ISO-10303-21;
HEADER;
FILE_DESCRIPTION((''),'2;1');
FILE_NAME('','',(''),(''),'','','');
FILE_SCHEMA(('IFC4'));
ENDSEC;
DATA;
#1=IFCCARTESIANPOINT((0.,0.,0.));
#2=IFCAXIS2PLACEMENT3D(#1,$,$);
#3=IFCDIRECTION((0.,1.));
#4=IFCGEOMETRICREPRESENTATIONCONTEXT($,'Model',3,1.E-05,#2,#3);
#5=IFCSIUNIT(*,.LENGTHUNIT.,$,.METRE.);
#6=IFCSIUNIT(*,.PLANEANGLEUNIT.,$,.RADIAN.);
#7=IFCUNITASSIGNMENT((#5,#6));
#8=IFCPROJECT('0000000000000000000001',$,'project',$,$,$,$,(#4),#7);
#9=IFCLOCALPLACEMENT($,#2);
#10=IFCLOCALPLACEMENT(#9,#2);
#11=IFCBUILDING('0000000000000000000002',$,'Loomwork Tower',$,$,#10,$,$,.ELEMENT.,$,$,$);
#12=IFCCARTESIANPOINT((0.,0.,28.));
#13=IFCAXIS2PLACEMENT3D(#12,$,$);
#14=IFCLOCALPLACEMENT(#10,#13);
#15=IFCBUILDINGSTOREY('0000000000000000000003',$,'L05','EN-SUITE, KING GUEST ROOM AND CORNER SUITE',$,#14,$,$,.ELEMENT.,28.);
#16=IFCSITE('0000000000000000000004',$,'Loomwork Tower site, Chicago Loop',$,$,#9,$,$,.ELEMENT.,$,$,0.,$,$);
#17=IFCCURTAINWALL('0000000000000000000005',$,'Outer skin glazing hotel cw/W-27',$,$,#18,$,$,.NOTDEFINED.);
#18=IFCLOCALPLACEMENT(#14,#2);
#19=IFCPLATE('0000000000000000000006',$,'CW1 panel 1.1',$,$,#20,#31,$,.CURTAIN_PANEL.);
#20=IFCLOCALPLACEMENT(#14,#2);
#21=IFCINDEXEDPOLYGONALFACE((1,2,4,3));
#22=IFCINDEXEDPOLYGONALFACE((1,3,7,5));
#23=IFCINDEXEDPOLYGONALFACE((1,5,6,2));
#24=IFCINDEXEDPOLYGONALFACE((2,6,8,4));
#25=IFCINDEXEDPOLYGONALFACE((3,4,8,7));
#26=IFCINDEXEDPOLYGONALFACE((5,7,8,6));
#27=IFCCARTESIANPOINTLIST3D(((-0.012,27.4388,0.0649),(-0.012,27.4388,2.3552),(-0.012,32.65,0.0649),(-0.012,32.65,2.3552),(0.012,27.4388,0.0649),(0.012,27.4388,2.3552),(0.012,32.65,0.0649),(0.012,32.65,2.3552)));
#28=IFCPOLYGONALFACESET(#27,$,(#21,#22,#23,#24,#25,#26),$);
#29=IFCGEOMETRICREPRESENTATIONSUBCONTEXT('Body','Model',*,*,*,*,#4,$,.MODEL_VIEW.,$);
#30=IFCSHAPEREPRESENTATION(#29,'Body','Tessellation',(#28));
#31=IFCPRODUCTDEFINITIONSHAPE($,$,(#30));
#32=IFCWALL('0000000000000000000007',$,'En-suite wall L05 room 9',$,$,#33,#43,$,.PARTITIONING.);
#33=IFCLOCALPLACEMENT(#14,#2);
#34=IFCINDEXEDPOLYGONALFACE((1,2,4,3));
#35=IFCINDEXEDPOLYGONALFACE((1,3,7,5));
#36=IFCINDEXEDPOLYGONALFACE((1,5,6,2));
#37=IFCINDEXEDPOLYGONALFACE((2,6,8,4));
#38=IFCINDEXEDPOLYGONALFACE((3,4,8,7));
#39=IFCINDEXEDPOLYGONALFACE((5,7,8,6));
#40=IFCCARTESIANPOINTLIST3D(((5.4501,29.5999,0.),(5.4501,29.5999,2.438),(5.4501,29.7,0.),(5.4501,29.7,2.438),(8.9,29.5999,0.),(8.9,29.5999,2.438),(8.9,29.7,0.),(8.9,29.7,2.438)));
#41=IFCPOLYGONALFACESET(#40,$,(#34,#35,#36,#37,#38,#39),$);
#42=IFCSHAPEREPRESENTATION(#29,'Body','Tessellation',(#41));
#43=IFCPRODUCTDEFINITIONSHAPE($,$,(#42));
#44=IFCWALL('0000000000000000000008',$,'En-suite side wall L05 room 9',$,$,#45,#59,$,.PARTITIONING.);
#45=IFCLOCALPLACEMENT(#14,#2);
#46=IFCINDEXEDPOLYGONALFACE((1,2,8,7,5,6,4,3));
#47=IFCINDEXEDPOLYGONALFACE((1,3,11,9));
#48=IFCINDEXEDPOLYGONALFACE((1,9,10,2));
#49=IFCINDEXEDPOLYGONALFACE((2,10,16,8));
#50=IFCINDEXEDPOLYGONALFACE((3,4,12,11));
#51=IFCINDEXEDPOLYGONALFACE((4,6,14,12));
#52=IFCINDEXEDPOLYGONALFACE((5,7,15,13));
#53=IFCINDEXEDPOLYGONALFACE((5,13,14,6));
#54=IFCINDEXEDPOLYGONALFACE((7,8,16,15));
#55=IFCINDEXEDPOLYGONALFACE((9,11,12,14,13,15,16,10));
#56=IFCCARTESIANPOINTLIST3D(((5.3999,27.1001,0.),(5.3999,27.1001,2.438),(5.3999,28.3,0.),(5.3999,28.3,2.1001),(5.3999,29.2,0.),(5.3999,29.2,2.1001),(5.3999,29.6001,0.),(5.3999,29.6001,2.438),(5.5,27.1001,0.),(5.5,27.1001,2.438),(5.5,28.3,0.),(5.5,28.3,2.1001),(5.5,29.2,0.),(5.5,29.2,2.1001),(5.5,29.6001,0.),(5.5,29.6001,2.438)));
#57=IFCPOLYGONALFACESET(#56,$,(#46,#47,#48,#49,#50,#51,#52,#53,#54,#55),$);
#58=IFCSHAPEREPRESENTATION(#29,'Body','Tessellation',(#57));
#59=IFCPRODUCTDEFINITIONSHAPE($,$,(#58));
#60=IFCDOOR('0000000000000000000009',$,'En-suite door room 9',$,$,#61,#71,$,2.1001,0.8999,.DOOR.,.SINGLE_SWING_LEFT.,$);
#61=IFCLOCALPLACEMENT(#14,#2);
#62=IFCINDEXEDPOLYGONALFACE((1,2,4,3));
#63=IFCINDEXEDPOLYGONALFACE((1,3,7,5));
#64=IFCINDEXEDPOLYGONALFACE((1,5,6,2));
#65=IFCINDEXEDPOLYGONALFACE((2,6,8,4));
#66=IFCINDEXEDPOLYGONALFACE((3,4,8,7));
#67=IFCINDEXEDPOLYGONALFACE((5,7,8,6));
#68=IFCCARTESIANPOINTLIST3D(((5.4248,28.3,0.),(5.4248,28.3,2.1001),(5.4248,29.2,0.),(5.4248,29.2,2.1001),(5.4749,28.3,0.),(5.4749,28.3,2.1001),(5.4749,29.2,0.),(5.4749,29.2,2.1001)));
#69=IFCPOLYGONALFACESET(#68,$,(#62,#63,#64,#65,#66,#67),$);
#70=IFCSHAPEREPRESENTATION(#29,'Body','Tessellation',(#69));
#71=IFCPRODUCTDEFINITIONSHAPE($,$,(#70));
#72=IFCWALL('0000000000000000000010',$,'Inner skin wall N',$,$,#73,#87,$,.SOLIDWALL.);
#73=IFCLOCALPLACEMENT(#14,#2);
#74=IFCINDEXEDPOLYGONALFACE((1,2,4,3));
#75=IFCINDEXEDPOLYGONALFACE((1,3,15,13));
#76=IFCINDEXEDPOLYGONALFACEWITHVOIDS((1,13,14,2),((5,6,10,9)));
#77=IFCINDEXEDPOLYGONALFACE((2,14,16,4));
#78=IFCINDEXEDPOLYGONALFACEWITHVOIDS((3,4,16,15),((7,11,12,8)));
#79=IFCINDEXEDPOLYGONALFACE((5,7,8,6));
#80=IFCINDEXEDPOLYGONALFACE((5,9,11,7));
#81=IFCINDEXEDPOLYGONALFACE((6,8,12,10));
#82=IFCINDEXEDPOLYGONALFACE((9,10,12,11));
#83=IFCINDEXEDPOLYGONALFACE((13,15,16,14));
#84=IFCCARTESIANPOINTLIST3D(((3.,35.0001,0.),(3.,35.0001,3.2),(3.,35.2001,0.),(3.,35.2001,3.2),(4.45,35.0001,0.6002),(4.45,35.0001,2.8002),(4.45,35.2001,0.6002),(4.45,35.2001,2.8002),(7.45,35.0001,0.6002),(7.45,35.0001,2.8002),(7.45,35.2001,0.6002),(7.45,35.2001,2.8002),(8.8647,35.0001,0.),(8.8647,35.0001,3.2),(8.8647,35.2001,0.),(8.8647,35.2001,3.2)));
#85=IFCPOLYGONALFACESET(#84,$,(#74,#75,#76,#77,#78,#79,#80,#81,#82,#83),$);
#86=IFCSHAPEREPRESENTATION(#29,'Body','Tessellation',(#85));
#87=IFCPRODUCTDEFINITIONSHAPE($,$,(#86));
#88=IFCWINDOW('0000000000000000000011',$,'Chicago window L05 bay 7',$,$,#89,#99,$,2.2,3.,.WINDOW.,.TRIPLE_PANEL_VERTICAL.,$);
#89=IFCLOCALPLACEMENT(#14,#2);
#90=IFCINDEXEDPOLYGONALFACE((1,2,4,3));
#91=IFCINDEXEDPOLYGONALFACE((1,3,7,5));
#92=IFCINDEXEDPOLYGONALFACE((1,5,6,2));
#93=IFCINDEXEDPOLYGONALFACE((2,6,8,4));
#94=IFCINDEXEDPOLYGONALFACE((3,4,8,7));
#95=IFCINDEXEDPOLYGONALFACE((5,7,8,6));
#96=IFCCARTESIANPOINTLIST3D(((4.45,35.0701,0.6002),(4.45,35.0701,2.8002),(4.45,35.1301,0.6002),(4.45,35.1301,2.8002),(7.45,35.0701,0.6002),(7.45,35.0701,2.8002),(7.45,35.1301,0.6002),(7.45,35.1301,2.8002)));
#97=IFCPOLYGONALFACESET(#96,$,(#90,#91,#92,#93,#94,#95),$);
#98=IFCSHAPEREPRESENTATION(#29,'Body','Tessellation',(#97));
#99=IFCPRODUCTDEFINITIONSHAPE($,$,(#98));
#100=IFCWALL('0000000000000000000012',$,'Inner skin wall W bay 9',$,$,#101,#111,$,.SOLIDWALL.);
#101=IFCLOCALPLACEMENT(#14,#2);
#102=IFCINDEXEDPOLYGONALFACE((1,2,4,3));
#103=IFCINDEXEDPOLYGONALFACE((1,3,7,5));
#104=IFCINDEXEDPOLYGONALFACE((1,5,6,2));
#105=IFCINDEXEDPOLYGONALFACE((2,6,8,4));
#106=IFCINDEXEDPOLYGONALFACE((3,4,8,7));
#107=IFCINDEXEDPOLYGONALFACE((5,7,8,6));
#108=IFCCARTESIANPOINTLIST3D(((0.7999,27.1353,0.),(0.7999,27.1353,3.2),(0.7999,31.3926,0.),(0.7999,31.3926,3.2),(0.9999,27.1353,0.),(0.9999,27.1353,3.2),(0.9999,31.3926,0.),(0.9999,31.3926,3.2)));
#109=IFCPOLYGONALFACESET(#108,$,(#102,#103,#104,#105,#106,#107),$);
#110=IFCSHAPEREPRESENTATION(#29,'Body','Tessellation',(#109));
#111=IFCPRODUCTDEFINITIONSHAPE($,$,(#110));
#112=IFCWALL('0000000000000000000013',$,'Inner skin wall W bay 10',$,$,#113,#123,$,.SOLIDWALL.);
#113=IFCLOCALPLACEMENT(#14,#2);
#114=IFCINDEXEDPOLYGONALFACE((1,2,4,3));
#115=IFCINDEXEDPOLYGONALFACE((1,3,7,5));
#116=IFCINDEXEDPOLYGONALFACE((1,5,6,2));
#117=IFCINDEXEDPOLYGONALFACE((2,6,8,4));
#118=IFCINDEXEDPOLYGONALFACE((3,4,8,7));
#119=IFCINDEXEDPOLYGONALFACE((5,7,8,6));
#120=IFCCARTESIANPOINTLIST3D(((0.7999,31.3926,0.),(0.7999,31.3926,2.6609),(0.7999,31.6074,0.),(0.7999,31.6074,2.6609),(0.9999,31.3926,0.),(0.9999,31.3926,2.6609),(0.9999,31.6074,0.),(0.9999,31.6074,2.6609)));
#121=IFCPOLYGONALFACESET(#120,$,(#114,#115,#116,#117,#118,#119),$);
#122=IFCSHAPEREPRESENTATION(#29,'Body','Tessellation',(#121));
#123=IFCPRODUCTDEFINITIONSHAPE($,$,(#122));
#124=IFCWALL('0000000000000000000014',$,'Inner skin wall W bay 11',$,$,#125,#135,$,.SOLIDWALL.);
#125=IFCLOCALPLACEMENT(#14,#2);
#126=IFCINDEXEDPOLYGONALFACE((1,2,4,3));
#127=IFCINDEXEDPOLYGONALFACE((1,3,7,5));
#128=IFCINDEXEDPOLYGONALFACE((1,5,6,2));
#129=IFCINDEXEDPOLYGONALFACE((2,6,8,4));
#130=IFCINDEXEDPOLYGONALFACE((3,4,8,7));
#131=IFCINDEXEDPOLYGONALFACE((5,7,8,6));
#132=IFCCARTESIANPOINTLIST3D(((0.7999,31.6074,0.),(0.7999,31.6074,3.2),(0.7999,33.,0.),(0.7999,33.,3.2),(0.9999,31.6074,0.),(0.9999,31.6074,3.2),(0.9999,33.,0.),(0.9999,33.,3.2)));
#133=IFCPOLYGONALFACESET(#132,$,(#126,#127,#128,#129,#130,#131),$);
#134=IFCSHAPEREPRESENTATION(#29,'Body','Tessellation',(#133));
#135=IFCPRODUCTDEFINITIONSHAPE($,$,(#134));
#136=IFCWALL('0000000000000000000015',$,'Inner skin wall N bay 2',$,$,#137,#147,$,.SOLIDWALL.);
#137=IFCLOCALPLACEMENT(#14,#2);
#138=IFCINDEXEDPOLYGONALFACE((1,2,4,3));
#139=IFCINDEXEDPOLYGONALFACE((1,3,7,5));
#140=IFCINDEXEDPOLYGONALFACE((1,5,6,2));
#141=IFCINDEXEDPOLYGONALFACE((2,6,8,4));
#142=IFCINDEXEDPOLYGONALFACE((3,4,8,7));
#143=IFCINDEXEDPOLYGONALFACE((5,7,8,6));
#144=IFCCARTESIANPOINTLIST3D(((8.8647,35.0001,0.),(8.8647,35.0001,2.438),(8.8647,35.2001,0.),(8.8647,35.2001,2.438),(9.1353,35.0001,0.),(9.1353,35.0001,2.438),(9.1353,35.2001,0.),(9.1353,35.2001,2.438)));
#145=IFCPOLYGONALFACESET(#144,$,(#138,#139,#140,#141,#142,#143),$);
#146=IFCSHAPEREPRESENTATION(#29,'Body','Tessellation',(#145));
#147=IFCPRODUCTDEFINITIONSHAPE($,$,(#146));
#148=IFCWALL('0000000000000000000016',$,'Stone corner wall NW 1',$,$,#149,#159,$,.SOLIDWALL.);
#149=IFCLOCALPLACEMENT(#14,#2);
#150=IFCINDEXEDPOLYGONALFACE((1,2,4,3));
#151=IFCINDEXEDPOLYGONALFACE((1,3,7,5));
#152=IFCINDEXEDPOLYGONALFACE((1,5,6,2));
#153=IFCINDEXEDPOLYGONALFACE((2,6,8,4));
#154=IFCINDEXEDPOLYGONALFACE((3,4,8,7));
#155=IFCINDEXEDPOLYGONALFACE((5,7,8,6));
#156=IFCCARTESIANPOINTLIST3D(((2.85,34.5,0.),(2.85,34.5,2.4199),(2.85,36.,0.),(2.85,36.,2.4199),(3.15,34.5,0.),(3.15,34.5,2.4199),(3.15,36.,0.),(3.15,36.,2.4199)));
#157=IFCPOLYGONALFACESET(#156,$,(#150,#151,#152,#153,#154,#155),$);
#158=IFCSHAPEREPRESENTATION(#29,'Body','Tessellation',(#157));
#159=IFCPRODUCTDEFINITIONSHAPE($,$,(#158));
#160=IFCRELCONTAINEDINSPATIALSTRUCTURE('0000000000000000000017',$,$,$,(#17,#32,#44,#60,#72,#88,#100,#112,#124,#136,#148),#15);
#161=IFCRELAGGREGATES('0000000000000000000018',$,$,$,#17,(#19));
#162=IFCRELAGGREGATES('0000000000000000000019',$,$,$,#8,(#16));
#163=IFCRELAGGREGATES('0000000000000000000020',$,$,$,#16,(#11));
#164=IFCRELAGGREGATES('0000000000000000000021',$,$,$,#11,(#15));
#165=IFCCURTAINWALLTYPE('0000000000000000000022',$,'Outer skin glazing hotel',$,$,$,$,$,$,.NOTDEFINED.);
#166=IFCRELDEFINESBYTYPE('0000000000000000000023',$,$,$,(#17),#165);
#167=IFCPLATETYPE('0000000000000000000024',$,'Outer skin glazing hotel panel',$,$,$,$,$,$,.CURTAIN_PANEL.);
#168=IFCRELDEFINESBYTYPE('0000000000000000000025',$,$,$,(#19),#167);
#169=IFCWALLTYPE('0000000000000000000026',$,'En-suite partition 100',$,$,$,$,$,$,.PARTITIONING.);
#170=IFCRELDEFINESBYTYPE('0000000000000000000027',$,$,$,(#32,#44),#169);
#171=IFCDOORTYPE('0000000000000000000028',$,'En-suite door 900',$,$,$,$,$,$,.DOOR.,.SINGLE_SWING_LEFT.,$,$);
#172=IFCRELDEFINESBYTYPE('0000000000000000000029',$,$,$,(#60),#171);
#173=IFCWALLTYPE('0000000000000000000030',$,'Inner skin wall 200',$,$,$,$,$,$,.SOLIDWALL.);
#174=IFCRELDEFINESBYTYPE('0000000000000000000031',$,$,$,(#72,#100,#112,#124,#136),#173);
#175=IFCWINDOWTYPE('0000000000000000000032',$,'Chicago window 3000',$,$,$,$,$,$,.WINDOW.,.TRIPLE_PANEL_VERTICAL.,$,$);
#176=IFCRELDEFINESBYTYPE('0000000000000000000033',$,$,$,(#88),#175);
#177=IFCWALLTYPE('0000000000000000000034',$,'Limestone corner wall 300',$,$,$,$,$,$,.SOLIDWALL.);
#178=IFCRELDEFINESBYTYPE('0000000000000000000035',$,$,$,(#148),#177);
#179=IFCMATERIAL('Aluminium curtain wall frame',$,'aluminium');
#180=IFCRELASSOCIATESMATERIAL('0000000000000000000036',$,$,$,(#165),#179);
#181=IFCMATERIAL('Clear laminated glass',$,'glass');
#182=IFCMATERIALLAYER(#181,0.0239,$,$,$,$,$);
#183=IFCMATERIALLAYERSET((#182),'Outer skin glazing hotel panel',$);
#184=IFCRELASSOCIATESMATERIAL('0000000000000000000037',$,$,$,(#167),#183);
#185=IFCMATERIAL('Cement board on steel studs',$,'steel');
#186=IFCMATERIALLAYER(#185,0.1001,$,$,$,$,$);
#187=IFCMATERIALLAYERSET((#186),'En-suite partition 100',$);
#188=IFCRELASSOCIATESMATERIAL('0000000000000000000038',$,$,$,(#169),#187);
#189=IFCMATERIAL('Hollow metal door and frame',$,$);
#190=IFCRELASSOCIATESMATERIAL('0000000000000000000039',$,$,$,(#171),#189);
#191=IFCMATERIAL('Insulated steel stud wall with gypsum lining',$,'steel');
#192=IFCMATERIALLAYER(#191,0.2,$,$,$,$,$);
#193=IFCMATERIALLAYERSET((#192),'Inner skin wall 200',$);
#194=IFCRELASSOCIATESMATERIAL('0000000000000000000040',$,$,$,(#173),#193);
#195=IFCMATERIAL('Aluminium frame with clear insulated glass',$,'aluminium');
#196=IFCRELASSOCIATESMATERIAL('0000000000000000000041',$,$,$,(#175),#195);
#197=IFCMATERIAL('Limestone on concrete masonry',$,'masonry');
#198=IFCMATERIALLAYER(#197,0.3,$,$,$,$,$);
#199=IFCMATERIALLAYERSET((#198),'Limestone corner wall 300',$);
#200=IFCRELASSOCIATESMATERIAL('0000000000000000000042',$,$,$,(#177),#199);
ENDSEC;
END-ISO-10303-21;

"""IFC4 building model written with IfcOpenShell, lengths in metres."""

from ifc_helpers import new_model, si_unit, direction, frame, frame_2d, origin, origin_2d, place, context, subcontext, project, spatial, rectangle, extrude, material, layer, layer_set, type_object, element, fill, aggregate, save


model = new_model("IFC4")

# Units and contexts
model_context = context("Model", 3, precision=1e-05, world=origin(), true_north=direction((0.0, 1.0)))
body_context = subcontext(model_context, "Body", "Model", "MODEL_VIEW")
ifc_project = project(units=[si_unit("LENGTHUNIT", "METRE"), si_unit("PLANEANGLEUNIT", "RADIAN")], contexts=[model_context])

# Site, building, storey
site_placement = place(None, origin())
site = spatial("IfcSite", under=ifc_project, at=site_placement, Name="Loomwork Tower site, Chicago Loop", CompositionType="ELEMENT", RefElevation=0.0)
building_placement = place(site_placement, origin())
building = spatial("IfcBuilding", under=site, at=building_placement, Name="Loomwork Tower", CompositionType="ELEMENT")
storey_placement = place(building_placement, frame((0.0, 0.0, 28.0)))
storey = spatial("IfcBuildingStorey", under=building, at=storey_placement, Name="L05", Description="EN-SUITE, KING GUEST ROOM AND CORNER SUITE", CompositionType="ELEMENT", Elevation=28.0)

# Curtain wall
ifc_material_1 = material(Name="Aluminium curtain wall frame", Category="aluminium")
curtain_wall_type = type_object("IfcCurtainWallType", Name="Outer skin glazing hotel", PredefinedType="NOTDEFINED", material=ifc_material_1)
curtain_wall_1_placement = place(storey_placement, origin())
curtain_wall_1 = element("IfcCurtainWall", 1, at=curtain_wall_1_placement, inside=storey, type_object=curtain_wall_type, Name="Outer skin glazing hotel cw/W-27", PredefinedType="NOTDEFINED")

# Plate
ifc_material_2 = material(Name="Clear laminated glass", Category="glass")
ifc_layer_1 = layer(ifc_material_2, 0.0239)
ifc_layer_set_1 = layer_set([ifc_layer_1], Name="Outer skin glazing hotel panel")
plate_type = type_object("IfcPlateType", Name="Outer skin glazing hotel panel", PredefinedType="CURTAIN_PANEL", material=ifc_layer_set_1)
plate_1_placement = place(storey_placement, frame((0.0, 30.0444, 0.0649), z_axis=(0.0, 0.0, 1.0), x_axis=(0.0, -1.0, 0.0)))
plate_1 = element("IfcPlate", 2, at=plate_1_placement, type_object=plate_type, Name="CW1 panel 1.1", PredefinedType="CURTAIN_PANEL", context=body_context, shape_type="SweptSolid", body=[
    extrude(rectangle(XDim=5.2112, YDim=0.0239, at=origin_2d()), origin(), (0.0, 0.0, 1.0), 2.2903),
])
aggregate(curtain_wall_1, [plate_1])

# Wall
ifc_material_3 = material(Name="Cement board on steel studs", Category="steel")
ifc_layer_2 = layer(ifc_material_3, 0.1001)
ifc_layer_set_2 = layer_set([ifc_layer_2], Name="En-suite partition 100")
wall_type_1 = type_object("IfcWallType", Name="En-suite partition 100", PredefinedType="PARTITIONING", material=ifc_layer_set_2)
wall_1_placement = place(storey_placement, frame((5.45, 29.6499, 0.0), z_axis=(0.0, 0.0, 1.0), x_axis=(1.0, 0.0, 0.0)))
element("IfcWall", 3, at=wall_1_placement, inside=storey, type_object=wall_type_1, Name="En-suite wall L05 room 9", PredefinedType="PARTITIONING", context=body_context, shape_type="SweptSolid", body=[
    extrude(rectangle(XDim=3.45, YDim=0.1001, at=frame_2d((1.7251, 0.0))), origin(), (0.0, 0.0, 1.0), 2.438),
])

# Wall, opening, door
wall_2_placement = place(storey_placement, frame((5.45, 27.1001, 0.0), z_axis=(0.0, 0.0, 1.0), x_axis=(0.0, 1.0, 0.0)))
wall_2 = element("IfcWall", 4, at=wall_2_placement, inside=storey, type_object=wall_type_1, Name="En-suite side wall L05 room 9", PredefinedType="PARTITIONING", context=body_context, shape_type="SweptSolid", body=[
    extrude(rectangle(XDim=2.5, YDim=0.1001, at=frame_2d((1.25, 0.0))), origin(), (0.0, 0.0, 1.0), 2.438),
])
opening_1_placement = place(wall_2_placement, frame((1.2, 0.0, 0.0)))
opening_1 = element("IfcOpeningElement", 5, at=opening_1_placement, cuts=wall_2, PredefinedType="OPENING", context=body_context, shape_type="SweptSolid", body=[
    extrude(rectangle(XDim=0.8999, YDim=2.1001, at=frame_2d((0.45, 1.05))), frame((0.0, 0.0601, 0.0), z_axis=(0.0, -1.0, 0.0), x_axis=(1.0, 0.0, 0.0)), (0.0, 0.0, 1.0), 0.1201),
])
ifc_material_4 = material(Name="Hollow metal door and frame")
door_type = type_object("IfcDoorType", Name="En-suite door 900", OperationType="SINGLE_SWING_LEFT", PredefinedType="DOOR", material=ifc_material_4)
door_placement = place(opening_1_placement, frame((0.8999, 0.0, 0.0), z_axis=(0.0, 0.0, 1.0), x_axis=(-1.0, 0.0, 0.0)))
door = element("IfcDoor", 6, at=door_placement, inside=storey, type_object=door_type, Name="En-suite door room 9", OperationType="SINGLE_SWING_LEFT", OverallHeight=2.1001, OverallWidth=0.8999, PredefinedType="DOOR", context=body_context, shape_type="SweptSolid", body=[
    extrude(rectangle(XDim=0.8999, YDim=2.1001, at=frame_2d((0.45, 1.05))), frame((0.0, 0.0249, 0.0), z_axis=(0.0, -1.0, 0.0), x_axis=(1.0, 0.0, 0.0)), (0.0, 0.0, 1.0), 0.05),
])
fill(opening_1, door)

# Wall, opening, window
ifc_material_5 = material(Name="Insulated steel stud wall with gypsum lining", Category="steel")
ifc_layer_3 = layer(ifc_material_5, 0.2)
ifc_layer_set_3 = layer_set([ifc_layer_3], Name="Inner skin wall 200")
wall_type_2 = type_object("IfcWallType", Name="Inner skin wall 200", PredefinedType="SOLIDWALL", material=ifc_layer_set_3)
wall_3_placement = place(storey_placement, frame((3.0, 35.1001, 0.0), z_axis=(0.0, 0.0, 1.0), x_axis=(1.0, 0.0, 0.0)))
wall_3 = element("IfcWall", 7, at=wall_3_placement, inside=storey, type_object=wall_type_2, Name="Inner skin wall N", PredefinedType="SOLIDWALL", context=body_context, shape_type="SweptSolid", body=[
    extrude(rectangle(XDim=5.8647, YDim=0.2, at=frame_2d((2.9324, 0.0))), origin(), (0.0, 0.0, 1.0), 3.2),
])
opening_2_placement = place(wall_3_placement, frame((1.45, 0.0, 0.6001)))
opening_2 = element("IfcOpeningElement", 8, at=opening_2_placement, cuts=wall_3, PredefinedType="OPENING", context=body_context, shape_type="SweptSolid", body=[
    extrude(rectangle(XDim=3.0, YDim=2.2, at=frame_2d((1.5, 1.1001))), frame((0.0, 0.1099, 0.0), z_axis=(0.0, -1.0, 0.0), x_axis=(1.0, 0.0, 0.0)), (0.0, 0.0, 1.0), 0.22),
])
ifc_material_6 = material(Name="Aluminium frame with clear insulated glass", Category="aluminium")
window_type_1 = type_object("IfcWindowType", Name="Chicago window 3000", PartitioningType="TRIPLE_PANEL_VERTICAL", PredefinedType="WINDOW", material=ifc_material_6)
window_1_placement = place(opening_2_placement, origin())
window_1 = element("IfcWindow", 9, at=window_1_placement, inside=storey, type_object=window_type_1, Name="Chicago window L05 bay 7", OverallHeight=2.2, OverallWidth=3.0, PartitioningType="TRIPLE_PANEL_VERTICAL", PredefinedType="WINDOW", context=body_context, shape_type="SweptSolid", body=[
    extrude(rectangle(XDim=3.0, YDim=2.2, at=frame_2d((1.5, 1.1001))), frame((0.0, 0.03, 0.0), z_axis=(0.0, -1.0, 0.0), x_axis=(1.0, 0.0, 0.0)), (0.0, 0.0, 1.0), 0.0601),
])
fill(opening_2, window_1)

# Walls
wall_4_placement = place(storey_placement, frame((0.8999, 27.1353, 0.0), z_axis=(0.0, 0.0, 1.0), x_axis=(0.0, 1.0, 0.0)))
element("IfcWall", 10, at=wall_4_placement, inside=storey, type_object=wall_type_2, Name="Inner skin wall W bay 9", PredefinedType="SOLIDWALL", context=body_context, shape_type="SweptSolid", body=[
    extrude(rectangle(XDim=4.2573, YDim=0.2, at=frame_2d((2.1287, 0.0))), origin(), (0.0, 0.0, 1.0), 3.2),
])
wall_5_placement = place(storey_placement, frame((0.8999, 31.3926, 0.0), z_axis=(0.0, 0.0, 1.0), x_axis=(0.0, 1.0, 0.0)))
element("IfcWall", 11, at=wall_5_placement, inside=storey, type_object=wall_type_2, Name="Inner skin wall W bay 10", PredefinedType="SOLIDWALL", context=body_context, shape_type="SweptSolid", body=[
    extrude(rectangle(XDim=0.2148, YDim=0.2, at=frame_2d((0.1074, 0.0))), origin(), (0.0, 0.0, 1.0), 2.6609),
])
wall_6_placement = place(storey_placement, frame((0.8999, 31.6074, 0.0), z_axis=(0.0, 0.0, 1.0), x_axis=(0.0, 1.0, 0.0)))
element("IfcWall", 12, at=wall_6_placement, inside=storey, type_object=wall_type_2, Name="Inner skin wall W bay 11", PredefinedType="SOLIDWALL", context=body_context, shape_type="SweptSolid", body=[
    extrude(rectangle(XDim=1.3926, YDim=0.2, at=frame_2d((0.6963, 0.0))), origin(), (0.0, 0.0, 1.0), 3.2),
])
wall_7_placement = place(storey_placement, frame((8.8647, 35.1001, 0.0), z_axis=(0.0, 0.0, 1.0), x_axis=(1.0, 0.0, 0.0)))
element("IfcWall", 13, at=wall_7_placement, inside=storey, type_object=wall_type_2, Name="Inner skin wall N bay 2", PredefinedType="SOLIDWALL", context=body_context, shape_type="SweptSolid", body=[
    extrude(rectangle(XDim=0.2705, YDim=0.2, at=frame_2d((0.1353, 0.0))), origin(), (0.0, 0.0, 1.0), 2.438),
])
ifc_material_7 = material(Name="Limestone on concrete masonry", Category="masonry")
ifc_layer_4 = layer(ifc_material_7, 0.3)
ifc_layer_set_4 = layer_set([ifc_layer_4], Name="Limestone corner wall 300")
wall_type_3 = type_object("IfcWallType", Name="Limestone corner wall 300", PredefinedType="SOLIDWALL", material=ifc_layer_set_4)
wall_8_placement = place(storey_placement, frame((3.0, 36.0, 0.0), z_axis=(0.0, 0.0, 1.0), x_axis=(0.0, -1.0, 0.0)))
element("IfcWall", 14, at=wall_8_placement, inside=storey, type_object=wall_type_3, Name="Stone corner wall NW 1", PredefinedType="SOLIDWALL", context=body_context, shape_type="SweptSolid", body=[
    extrude(rectangle(XDim=1.5, YDim=0.3, at=frame_2d((0.75, 0.0))), origin(), (0.0, 0.0, 1.0), 2.4199),
])

save(model, "model.ifc")
